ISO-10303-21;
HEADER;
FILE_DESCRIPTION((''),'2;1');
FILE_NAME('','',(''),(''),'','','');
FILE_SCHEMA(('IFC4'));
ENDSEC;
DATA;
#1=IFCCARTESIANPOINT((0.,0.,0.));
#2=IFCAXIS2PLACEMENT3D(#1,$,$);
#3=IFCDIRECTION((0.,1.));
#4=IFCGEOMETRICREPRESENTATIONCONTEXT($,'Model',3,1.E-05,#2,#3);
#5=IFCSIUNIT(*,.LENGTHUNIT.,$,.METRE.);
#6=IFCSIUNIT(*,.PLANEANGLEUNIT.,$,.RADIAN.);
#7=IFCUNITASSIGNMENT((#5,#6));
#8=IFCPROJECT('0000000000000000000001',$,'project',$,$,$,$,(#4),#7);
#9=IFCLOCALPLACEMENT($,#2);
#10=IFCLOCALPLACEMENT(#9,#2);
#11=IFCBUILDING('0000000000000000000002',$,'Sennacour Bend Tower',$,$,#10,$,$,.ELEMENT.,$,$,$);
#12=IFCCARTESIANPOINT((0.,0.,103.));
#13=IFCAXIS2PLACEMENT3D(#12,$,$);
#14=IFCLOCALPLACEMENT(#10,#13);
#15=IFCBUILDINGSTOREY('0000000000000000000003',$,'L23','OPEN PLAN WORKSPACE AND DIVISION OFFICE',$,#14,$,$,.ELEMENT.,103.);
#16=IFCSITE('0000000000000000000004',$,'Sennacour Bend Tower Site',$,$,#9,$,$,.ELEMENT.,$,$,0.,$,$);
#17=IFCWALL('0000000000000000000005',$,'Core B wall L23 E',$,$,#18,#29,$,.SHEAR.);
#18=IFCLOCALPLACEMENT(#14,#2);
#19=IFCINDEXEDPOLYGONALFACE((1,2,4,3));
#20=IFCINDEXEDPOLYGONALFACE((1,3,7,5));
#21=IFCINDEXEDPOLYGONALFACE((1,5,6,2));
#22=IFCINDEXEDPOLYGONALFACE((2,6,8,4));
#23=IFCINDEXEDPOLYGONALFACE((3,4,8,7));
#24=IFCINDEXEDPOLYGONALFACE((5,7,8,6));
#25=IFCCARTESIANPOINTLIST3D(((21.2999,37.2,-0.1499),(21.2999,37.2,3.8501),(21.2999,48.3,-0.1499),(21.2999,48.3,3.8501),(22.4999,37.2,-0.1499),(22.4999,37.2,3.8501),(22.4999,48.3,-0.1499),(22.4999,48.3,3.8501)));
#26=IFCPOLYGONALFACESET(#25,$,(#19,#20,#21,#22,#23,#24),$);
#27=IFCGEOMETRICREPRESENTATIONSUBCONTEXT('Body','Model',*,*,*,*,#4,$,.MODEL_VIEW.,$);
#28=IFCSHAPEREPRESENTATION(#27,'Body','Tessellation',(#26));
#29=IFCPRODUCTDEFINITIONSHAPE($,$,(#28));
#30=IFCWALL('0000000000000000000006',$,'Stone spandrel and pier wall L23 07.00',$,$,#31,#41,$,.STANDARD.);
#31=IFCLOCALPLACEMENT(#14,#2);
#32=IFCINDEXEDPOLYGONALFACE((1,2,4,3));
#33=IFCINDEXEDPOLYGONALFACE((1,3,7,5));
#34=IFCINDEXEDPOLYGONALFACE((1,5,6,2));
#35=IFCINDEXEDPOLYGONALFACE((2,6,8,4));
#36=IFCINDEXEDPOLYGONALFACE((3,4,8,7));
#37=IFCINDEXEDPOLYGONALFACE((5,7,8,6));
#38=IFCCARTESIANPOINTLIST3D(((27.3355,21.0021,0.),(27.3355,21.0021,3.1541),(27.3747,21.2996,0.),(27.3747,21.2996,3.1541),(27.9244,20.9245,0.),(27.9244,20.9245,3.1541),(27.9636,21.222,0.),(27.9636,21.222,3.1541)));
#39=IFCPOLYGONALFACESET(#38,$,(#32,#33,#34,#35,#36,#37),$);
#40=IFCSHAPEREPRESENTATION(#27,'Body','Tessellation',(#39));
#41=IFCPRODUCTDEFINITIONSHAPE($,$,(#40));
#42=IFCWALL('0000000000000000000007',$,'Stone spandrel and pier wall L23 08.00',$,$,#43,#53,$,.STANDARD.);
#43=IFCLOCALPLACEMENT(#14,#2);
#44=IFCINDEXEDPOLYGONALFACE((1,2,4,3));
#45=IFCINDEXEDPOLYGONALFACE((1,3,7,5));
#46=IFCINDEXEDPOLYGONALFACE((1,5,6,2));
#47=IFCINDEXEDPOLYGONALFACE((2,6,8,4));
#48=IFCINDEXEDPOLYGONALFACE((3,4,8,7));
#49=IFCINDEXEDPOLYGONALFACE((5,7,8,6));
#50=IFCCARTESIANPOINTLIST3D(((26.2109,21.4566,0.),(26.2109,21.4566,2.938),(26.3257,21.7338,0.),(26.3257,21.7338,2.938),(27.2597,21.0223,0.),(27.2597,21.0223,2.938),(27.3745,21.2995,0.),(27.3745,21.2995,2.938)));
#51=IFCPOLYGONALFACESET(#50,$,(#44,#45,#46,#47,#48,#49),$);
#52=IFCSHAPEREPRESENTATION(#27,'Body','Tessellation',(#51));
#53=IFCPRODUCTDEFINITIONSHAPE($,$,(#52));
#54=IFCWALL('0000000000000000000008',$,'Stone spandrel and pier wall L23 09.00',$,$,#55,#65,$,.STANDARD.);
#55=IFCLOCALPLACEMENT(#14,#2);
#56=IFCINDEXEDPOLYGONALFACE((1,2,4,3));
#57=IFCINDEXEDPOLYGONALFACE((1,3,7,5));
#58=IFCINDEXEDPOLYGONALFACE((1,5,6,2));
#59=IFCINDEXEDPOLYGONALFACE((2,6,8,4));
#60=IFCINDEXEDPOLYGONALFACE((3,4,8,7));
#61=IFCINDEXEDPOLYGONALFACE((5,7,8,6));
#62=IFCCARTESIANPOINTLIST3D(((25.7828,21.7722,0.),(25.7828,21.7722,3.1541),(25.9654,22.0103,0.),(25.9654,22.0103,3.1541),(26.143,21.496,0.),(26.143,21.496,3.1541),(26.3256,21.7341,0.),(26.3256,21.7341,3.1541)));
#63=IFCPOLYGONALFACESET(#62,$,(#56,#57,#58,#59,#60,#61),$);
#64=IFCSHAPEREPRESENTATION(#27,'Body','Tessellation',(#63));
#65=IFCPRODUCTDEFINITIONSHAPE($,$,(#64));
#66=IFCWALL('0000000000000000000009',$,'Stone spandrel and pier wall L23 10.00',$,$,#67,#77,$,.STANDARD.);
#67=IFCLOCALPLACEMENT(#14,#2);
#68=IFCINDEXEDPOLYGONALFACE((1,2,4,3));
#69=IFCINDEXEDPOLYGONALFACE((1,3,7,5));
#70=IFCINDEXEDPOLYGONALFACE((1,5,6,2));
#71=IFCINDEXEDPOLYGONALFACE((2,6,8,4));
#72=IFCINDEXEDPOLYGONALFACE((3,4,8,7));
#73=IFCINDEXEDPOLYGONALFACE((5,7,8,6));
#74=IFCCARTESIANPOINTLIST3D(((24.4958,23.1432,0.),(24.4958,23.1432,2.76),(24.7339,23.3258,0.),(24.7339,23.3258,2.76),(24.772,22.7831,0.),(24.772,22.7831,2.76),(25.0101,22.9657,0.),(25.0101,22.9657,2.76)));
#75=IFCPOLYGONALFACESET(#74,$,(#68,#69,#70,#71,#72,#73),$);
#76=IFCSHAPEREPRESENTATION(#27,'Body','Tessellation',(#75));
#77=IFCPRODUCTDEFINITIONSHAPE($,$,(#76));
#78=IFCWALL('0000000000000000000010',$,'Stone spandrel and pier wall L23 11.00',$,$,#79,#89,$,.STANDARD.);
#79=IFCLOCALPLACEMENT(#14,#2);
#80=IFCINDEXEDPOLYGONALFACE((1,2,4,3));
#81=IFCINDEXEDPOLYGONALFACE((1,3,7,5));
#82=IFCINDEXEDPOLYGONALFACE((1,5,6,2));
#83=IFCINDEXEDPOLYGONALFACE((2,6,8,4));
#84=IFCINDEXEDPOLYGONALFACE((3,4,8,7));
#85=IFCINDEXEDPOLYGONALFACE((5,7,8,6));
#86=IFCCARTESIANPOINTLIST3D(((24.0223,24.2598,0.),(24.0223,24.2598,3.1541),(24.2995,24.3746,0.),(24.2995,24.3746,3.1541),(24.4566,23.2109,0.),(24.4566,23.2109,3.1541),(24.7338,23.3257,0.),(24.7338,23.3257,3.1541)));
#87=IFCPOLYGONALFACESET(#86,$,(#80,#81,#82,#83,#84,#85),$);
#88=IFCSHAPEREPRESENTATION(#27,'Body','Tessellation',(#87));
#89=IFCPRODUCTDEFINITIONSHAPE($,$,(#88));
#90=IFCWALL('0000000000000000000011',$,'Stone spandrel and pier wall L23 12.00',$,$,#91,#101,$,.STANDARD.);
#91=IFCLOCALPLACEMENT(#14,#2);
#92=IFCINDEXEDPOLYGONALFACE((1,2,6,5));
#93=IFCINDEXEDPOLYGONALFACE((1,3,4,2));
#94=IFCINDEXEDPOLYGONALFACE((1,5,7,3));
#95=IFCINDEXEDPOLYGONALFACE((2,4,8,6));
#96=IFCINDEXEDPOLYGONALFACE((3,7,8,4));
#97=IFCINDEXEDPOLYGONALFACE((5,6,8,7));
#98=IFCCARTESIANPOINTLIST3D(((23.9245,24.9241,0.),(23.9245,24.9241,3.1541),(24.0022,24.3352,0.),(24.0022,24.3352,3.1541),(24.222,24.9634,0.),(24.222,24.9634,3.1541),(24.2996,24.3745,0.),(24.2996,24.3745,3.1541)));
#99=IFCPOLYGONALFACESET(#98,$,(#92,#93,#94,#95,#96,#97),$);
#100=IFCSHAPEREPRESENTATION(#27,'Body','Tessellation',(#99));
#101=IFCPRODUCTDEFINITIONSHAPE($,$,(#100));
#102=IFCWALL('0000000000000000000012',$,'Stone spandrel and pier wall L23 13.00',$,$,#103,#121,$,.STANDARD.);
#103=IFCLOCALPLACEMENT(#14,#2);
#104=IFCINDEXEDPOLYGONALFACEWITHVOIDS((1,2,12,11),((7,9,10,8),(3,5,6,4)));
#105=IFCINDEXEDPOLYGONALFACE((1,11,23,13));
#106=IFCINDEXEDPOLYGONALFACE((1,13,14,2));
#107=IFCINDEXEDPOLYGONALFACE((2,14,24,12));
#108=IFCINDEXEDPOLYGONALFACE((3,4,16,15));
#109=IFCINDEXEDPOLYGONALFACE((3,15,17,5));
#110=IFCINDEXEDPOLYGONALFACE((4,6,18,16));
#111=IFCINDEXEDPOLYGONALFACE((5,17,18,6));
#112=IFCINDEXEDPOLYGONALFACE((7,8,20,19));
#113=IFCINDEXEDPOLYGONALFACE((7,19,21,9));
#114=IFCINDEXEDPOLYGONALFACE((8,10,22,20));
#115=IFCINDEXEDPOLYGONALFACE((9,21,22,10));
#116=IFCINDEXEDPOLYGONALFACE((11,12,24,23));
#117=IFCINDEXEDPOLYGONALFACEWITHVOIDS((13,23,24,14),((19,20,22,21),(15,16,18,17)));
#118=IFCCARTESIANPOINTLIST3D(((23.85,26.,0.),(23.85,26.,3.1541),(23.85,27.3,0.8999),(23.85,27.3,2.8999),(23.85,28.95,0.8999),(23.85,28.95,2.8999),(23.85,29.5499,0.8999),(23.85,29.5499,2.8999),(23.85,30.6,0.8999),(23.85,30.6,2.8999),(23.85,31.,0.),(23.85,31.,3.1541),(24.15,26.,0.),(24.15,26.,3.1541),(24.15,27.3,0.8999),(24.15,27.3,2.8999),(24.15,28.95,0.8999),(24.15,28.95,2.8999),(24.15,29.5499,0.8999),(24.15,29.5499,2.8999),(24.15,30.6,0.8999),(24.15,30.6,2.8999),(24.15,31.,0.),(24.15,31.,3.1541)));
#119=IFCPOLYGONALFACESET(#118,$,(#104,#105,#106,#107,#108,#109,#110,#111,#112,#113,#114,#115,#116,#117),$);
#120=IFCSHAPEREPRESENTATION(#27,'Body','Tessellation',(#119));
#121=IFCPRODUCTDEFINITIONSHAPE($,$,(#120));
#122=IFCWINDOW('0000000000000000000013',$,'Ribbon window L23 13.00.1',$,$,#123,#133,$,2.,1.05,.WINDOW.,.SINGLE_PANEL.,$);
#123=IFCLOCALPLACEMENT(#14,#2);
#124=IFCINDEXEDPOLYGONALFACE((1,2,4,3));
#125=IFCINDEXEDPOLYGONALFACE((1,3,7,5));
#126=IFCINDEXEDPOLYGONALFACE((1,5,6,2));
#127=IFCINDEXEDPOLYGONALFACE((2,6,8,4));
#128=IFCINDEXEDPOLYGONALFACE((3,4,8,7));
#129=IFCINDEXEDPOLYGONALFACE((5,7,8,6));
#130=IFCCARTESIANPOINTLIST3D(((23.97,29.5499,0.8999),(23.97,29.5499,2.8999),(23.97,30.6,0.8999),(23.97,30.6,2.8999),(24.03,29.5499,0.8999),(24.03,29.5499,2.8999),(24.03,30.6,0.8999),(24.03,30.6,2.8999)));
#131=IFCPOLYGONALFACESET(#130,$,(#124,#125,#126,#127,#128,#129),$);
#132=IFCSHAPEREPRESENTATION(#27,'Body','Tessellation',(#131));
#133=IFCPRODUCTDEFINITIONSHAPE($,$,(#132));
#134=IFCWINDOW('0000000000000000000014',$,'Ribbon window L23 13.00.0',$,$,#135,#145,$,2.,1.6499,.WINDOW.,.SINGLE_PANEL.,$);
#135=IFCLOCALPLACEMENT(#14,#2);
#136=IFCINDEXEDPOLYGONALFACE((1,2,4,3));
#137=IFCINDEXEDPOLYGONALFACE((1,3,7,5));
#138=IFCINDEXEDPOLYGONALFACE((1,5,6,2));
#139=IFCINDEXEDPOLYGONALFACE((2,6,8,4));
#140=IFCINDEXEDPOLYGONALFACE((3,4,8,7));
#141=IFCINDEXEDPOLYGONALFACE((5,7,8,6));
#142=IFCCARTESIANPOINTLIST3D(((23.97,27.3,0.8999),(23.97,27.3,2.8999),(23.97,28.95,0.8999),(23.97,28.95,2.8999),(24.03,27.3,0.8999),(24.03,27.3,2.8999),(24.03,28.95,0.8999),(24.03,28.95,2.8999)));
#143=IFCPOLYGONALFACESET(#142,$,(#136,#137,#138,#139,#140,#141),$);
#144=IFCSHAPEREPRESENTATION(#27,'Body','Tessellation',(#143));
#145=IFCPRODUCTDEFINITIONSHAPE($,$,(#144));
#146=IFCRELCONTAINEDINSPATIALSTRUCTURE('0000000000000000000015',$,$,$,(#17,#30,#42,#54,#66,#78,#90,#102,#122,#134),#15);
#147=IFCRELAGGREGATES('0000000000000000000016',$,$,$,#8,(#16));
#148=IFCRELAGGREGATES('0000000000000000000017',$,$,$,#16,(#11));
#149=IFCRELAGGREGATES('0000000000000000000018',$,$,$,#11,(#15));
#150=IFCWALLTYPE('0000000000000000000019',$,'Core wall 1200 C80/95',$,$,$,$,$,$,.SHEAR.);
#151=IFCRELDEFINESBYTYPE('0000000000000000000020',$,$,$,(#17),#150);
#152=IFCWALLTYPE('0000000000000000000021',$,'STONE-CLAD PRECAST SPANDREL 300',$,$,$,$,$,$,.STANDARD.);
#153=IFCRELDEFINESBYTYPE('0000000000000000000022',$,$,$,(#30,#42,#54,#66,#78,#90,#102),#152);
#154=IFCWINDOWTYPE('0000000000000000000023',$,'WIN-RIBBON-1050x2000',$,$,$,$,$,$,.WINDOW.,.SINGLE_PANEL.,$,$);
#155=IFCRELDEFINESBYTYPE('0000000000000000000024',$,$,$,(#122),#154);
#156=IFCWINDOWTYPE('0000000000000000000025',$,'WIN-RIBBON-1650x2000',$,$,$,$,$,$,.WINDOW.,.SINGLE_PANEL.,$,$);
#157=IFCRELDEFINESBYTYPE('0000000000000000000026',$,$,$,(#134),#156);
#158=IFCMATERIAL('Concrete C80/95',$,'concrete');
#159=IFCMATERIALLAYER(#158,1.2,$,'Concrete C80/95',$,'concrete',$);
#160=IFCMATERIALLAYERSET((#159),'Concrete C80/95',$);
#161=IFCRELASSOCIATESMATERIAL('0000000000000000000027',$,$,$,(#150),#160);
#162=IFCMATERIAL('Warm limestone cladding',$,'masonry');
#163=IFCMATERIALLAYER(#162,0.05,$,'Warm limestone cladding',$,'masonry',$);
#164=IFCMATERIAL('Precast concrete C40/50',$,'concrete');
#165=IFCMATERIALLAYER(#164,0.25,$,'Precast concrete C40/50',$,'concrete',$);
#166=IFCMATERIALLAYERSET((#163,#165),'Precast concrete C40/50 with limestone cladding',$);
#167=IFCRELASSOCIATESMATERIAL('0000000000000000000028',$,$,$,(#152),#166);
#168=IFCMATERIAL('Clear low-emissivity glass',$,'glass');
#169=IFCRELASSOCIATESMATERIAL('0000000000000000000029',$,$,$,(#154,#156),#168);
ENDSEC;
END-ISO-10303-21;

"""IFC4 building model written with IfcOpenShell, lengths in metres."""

from ifc_helpers import new_model, si_unit, direction, frame, frame_2d, origin, place, context, subcontext, project, spatial, rectangle, extrude, material, layer, layer_set, type_object, element, fill, save


model = new_model("IFC4")

# Units and contexts
model_context = context("Model", 3, precision=1e-05, world=origin(), true_north=direction((0.0, 1.0)))
body_context = subcontext(model_context, "Body", "Model", "MODEL_VIEW")
ifc_project = project(units=[si_unit("LENGTHUNIT", "METRE"), si_unit("PLANEANGLEUNIT", "RADIAN")], contexts=[model_context])

# Site, building, storey
site_placement = place(None, origin())
site = spatial("IfcSite", under=ifc_project, at=site_placement, Name="Sennacour Bend Tower Site", CompositionType="ELEMENT", RefElevation=0.0)
building_placement = place(site_placement, origin())
building = spatial("IfcBuilding", under=site, at=building_placement, Name="Sennacour Bend Tower", CompositionType="ELEMENT")
storey_placement = place(building_placement, frame((0.0, 0.0, 103.0)))
storey = spatial("IfcBuildingStorey", under=building, at=storey_placement, Name="L23", Description="OPEN PLAN WORKSPACE AND DIVISION OFFICE", CompositionType="ELEMENT", Elevation=103.0)

# Walls
ifc_material_1 = material(Name="Concrete C80/95", Category="concrete")
ifc_layer_1 = layer(ifc_material_1, 1.2, Name="Concrete C80/95", Category="concrete")
ifc_layer_set_1 = layer_set([ifc_layer_1], Name="Concrete C80/95")
wall_type_1 = type_object("IfcWallType", Name="Core wall 1200 C80/95", PredefinedType="SHEAR", material=ifc_layer_set_1)
wall_1_placement = place(storey_placement, frame((21.8999, 37.2, -0.1499), z_axis=(0.0, 0.0, 1.0), x_axis=(0.0, 1.0, 0.0)))
element("IfcWall", 1, at=wall_1_placement, inside=storey, type_object=wall_type_1, Name="Core B wall L23 E", PredefinedType="SHEAR", context=body_context, shape_type="SweptSolid", body=[
    extrude(rectangle(XDim=11.1001, YDim=1.2, at=frame_2d((5.55, 0.0))), origin(), (0.0, 0.0, 1.0), 4.0),
])
ifc_material_2 = material(Name="Warm limestone cladding", Category="masonry")
ifc_layer_2 = layer(ifc_material_2, 0.05, Name="Warm limestone cladding", Category="masonry")
ifc_material_3 = material(Name="Precast concrete C40/50", Category="concrete")
ifc_layer_3 = layer(ifc_material_3, 0.25, Name="Precast concrete C40/50", Category="concrete")
ifc_layer_set_2 = layer_set([ifc_layer_2, ifc_layer_3], Name="Precast concrete C40/50 with limestone cladding")
wall_type_2 = type_object("IfcWallType", Name="STONE-CLAD PRECAST SPANDREL 300", PredefinedType="STANDARD", material=ifc_layer_set_2)
wall_2_placement = place(storey_placement, frame((27.9438, 21.0732, 0.0), z_axis=(0.0, 0.0, 1.0), x_axis=(-0.991421, 0.13071, 0.0)))
element("IfcWall", 2, at=wall_2_placement, inside=storey, type_object=wall_type_2, Name="Stone spandrel and pier wall L23 07.00", PredefinedType="STANDARD", context=body_context, shape_type="SweptSolid", body=[
    extrude(rectangle(XDim=0.594, YDim=0.3, at=frame_2d((0.2969, 0.0))), origin(), (0.0, 0.0, 1.0), 3.1541),
])
wall_3_placement = place(storey_placement, frame((27.3171, 21.1609, 0.0), z_axis=(0.0, 0.0, 1.0), x_axis=(-0.923915, 0.382599, 0.0)))
element("IfcWall", 3, at=wall_3_placement, inside=storey, type_object=wall_type_2, Name="Stone spandrel and pier wall L23 08.00", PredefinedType="STANDARD", context=body_context, shape_type="SweptSolid", body=[
    extrude(rectangle(XDim=1.1353, YDim=0.3, at=frame_2d((0.5676, 0.0))), origin(), (0.0, 0.0, 1.0), 2.938),
])
wall_4_placement = place(storey_placement, frame((26.2344, 21.615, 0.0), z_axis=(0.0, 0.0, 1.0), x_axis=(-0.793563, 0.608488, 0.0)))
element("IfcWall", 4, at=wall_4_placement, inside=storey, type_object=wall_type_2, Name="Stone spandrel and pier wall L23 09.00", PredefinedType="STANDARD", context=body_context, shape_type="SweptSolid", body=[
    extrude(rectangle(XDim=0.4539, YDim=0.3, at=frame_2d((0.2271, 0.0))), origin(), (0.0, 0.0, 1.0), 3.1541),
])
wall_5_placement = place(storey_placement, frame((24.8911, 22.8743, 0.0), z_axis=(0.0, 0.0, 1.0), x_axis=(-0.608488, 0.793563, 0.0)))
element("IfcWall", 5, at=wall_5_placement, inside=storey, type_object=wall_type_2, Name="Stone spandrel and pier wall L23 10.00", PredefinedType="STANDARD", context=body_context, shape_type="SweptSolid", body=[
    extrude(rectangle(XDim=0.4539, YDim=0.3, at=frame_2d((0.2271, 0.0))), origin(), (0.0, 0.0, 1.0), 2.76),
])
wall_6_placement = place(storey_placement, frame((24.5952, 23.2683, 0.0), z_axis=(0.0, 0.0, 1.0), x_axis=(-0.382599, 0.923915, 0.0)))
element("IfcWall", 6, at=wall_6_placement, inside=storey, type_object=wall_type_2, Name="Stone spandrel and pier wall L23 11.00", PredefinedType="STANDARD", context=body_context, shape_type="SweptSolid", body=[
    extrude(rectangle(XDim=1.1353, YDim=0.3, at=frame_2d((0.5676, 0.0))), origin(), (0.0, 0.0, 1.0), 3.1541),
])
wall_7_placement = place(storey_placement, frame((24.1509, 24.355, 0.0), z_axis=(0.0, 0.0, 1.0), x_axis=(-0.13071, 0.991421, 0.0)))
element("IfcWall", 7, at=wall_7_placement, inside=storey, type_object=wall_type_2, Name="Stone spandrel and pier wall L23 12.00", PredefinedType="STANDARD", context=body_context, shape_type="SweptSolid", body=[
    extrude(rectangle(XDim=0.594, YDim=0.3, at=frame_2d((0.2969, 0.0))), origin(), (0.0, 0.0, 1.0), 3.1541),
])

# Wall, openings, windows
wall_8_placement = place(storey_placement, frame((24.0, 26.0, 0.0), z_axis=(0.0, 0.0, 1.0), x_axis=(0.0, 1.0, 0.0)))
wall_8 = element("IfcWall", 8, at=wall_8_placement, inside=storey, type_object=wall_type_2, Name="Stone spandrel and pier wall L23 13.00", PredefinedType="STANDARD", context=body_context, shape_type="SweptSolid", body=[
    extrude(rectangle(XDim=5.0, YDim=0.3, at=frame_2d((2.5, 0.0))), origin(), (0.0, 0.0, 1.0), 3.1541),
])
opening_1_placement = place(wall_8_placement, frame((1.3, 0.0, 0.8999)))
opening_1 = element("IfcOpeningElement", 9, at=opening_1_placement, cuts=wall_8, PredefinedType="OPENING", context=body_context, shape_type="SweptSolid", body=[
    extrude(rectangle(XDim=1.6499, YDim=2.0, at=frame_2d((0.825, 1.0))), frame((0.0, 0.1602, 0.0), z_axis=(0.0, -1.0, 0.0), x_axis=(1.0, 0.0, 0.0)), (0.0, 0.0, 1.0), 0.3201),
])
opening_2_placement = place(wall_8_placement, frame((3.55, 0.0, 0.8999)))
opening_2 = element("IfcOpeningElement", 10, at=opening_2_placement, cuts=wall_8, PredefinedType="OPENING", context=body_context, shape_type="SweptSolid", body=[
    extrude(rectangle(XDim=1.05, YDim=2.0, at=frame_2d((0.5249, 1.0))), frame((0.0, 0.1602, 0.0), z_axis=(0.0, -1.0, 0.0), x_axis=(1.0, 0.0, 0.0)), (0.0, 0.0, 1.0), 0.3201),
])
ifc_material_4 = material(Name="Clear low-emissivity glass", Category="glass")
window_type_1 = type_object("IfcWindowType", Name="WIN-RIBBON-1050x2000", PartitioningType="SINGLE_PANEL", PredefinedType="WINDOW", material=ifc_material_4)
window_1_placement = place(opening_2_placement, origin())
window_1 = element("IfcWindow", 11, at=window_1_placement, inside=storey, type_object=window_type_1, Name="Ribbon window L23 13.00.1", OverallHeight=2.0, OverallWidth=1.05, PartitioningType="SINGLE_PANEL", PredefinedType="WINDOW", context=body_context, shape_type="SweptSolid", body=[
    extrude(rectangle(XDim=1.05, YDim=2.0, at=frame_2d((0.5249, 1.0))), frame((0.0, 0.03, 0.0), z_axis=(0.0, -1.0, 0.0), x_axis=(1.0, 0.0, 0.0)), (0.0, 0.0, 1.0), 0.0601),
])
fill(opening_2, window_1)
window_type_2 = type_object("IfcWindowType", Name="WIN-RIBBON-1650x2000", PartitioningType="SINGLE_PANEL", PredefinedType="WINDOW", material=ifc_material_4)
window_2_placement = place(opening_1_placement, origin())
window_2 = element("IfcWindow", 12, at=window_2_placement, inside=storey, type_object=window_type_2, Name="Ribbon window L23 13.00.0", OverallHeight=2.0, OverallWidth=1.6499, PartitioningType="SINGLE_PANEL", PredefinedType="WINDOW", context=body_context, shape_type="SweptSolid", body=[
    extrude(rectangle(XDim=1.6499, YDim=2.0, at=frame_2d((0.825, 1.0))), frame((0.0, 0.03, 0.0), z_axis=(0.0, -1.0, 0.0), x_axis=(1.0, 0.0, 0.0)), (0.0, 0.0, 1.0), 0.0601),
])
fill(opening_1, window_2)

save(model, "model.ifc")
